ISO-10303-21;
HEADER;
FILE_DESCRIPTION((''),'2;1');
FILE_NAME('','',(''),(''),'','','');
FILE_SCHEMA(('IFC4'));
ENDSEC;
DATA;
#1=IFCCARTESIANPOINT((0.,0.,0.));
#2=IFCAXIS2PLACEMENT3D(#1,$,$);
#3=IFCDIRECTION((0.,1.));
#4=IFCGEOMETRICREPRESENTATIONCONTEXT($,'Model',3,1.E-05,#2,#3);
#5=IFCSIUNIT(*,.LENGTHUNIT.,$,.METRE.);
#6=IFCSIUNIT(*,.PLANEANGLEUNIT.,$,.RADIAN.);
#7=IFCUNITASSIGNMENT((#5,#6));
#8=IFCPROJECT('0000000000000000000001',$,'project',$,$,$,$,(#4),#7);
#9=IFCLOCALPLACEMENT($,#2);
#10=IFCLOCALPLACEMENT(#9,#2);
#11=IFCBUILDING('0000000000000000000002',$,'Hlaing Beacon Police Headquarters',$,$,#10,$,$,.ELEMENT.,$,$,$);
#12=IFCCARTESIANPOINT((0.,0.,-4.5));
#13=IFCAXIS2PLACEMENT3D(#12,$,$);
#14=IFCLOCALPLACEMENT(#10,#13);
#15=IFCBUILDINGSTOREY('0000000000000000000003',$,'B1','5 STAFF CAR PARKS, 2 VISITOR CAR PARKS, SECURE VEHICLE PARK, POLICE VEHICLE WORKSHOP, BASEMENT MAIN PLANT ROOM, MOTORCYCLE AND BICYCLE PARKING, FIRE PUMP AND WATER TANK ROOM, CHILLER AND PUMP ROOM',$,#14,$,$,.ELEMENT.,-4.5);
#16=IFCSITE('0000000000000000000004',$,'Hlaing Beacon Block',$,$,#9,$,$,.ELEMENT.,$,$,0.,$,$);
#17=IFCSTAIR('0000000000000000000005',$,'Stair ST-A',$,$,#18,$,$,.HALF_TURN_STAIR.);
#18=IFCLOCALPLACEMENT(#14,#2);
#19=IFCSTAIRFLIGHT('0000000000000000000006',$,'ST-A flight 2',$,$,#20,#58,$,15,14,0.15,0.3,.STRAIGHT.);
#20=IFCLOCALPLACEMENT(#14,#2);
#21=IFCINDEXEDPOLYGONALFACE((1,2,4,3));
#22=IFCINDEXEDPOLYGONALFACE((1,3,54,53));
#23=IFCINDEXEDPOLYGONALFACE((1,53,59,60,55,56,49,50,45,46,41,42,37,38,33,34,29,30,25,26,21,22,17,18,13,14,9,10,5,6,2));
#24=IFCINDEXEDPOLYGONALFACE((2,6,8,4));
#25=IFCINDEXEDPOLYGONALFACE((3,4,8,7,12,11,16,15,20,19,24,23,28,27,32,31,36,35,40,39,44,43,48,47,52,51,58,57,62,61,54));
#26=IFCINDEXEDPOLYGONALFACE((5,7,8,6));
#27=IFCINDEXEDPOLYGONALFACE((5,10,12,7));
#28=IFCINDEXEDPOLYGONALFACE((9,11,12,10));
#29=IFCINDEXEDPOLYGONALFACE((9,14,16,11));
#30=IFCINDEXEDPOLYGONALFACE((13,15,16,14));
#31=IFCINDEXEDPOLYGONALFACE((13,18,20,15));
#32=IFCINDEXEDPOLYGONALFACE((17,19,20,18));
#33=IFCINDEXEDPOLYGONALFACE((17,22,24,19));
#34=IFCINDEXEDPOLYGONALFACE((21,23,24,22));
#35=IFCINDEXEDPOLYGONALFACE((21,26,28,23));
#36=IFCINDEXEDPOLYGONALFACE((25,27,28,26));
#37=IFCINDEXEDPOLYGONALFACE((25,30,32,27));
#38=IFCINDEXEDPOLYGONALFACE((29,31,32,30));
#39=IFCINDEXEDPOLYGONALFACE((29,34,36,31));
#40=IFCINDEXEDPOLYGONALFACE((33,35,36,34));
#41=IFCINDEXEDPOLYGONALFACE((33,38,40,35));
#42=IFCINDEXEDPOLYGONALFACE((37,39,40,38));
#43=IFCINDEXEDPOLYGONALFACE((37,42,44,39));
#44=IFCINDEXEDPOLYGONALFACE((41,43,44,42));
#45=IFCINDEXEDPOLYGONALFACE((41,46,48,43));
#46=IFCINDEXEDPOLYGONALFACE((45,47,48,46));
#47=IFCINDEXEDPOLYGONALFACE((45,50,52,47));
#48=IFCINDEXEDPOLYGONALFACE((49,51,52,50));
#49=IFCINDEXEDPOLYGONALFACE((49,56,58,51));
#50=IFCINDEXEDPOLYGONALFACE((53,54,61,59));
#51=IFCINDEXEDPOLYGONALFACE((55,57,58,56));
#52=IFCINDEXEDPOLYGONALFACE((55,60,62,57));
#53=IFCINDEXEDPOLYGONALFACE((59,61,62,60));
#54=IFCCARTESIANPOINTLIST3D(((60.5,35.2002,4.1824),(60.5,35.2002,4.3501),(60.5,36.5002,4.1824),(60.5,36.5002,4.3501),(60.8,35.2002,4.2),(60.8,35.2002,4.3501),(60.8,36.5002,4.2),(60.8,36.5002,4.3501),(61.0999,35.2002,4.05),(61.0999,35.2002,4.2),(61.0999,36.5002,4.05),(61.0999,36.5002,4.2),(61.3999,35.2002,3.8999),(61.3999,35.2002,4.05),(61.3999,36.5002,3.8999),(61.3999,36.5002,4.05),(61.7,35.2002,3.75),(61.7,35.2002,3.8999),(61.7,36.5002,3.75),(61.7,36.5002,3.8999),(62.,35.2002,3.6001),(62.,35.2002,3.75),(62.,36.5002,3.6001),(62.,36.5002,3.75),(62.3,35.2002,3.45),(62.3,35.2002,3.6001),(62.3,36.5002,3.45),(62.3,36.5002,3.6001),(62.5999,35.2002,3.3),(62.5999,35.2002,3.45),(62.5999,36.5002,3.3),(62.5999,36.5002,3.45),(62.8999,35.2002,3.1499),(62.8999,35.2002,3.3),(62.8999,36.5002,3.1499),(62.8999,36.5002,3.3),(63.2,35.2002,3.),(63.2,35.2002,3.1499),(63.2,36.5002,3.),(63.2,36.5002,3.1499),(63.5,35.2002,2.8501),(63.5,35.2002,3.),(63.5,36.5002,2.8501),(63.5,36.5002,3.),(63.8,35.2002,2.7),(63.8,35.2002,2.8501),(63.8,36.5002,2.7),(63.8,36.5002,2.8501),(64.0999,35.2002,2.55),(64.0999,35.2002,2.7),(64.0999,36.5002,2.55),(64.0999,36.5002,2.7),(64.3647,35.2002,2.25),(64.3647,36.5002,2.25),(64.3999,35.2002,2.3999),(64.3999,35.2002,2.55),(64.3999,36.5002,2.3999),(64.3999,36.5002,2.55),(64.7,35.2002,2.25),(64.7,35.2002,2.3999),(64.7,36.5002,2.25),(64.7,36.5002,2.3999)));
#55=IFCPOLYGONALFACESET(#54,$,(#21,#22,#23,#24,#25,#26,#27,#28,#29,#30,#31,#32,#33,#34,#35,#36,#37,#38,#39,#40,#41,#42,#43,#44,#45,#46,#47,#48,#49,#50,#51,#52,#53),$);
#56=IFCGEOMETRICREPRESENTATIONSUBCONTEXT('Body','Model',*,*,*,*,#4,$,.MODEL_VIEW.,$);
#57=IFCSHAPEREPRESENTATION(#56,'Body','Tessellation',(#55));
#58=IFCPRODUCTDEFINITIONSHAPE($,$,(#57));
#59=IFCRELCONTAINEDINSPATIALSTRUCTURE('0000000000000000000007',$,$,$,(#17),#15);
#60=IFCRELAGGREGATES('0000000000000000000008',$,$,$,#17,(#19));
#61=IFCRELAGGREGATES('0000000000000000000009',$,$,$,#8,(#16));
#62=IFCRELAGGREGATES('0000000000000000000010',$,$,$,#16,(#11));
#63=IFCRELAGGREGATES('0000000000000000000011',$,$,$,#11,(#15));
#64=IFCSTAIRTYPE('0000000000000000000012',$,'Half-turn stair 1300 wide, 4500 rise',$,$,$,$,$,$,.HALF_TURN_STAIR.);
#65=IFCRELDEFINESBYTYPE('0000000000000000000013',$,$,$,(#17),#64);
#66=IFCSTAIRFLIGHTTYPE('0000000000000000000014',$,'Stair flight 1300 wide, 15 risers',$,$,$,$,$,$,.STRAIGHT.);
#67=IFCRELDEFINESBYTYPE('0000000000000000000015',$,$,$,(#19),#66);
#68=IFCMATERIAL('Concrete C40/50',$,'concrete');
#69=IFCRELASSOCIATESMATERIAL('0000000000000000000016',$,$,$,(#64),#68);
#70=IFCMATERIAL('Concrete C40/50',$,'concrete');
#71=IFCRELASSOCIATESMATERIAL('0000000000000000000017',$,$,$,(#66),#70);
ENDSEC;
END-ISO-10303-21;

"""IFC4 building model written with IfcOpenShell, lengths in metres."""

from ifc_helpers import new_model, si_unit, direction, frame, origin, place, context, subcontext, project, spatial, polyline, outline, extrude, material, type_object, element, aggregate, save


model = new_model("IFC4")

# Units and contexts
model_context = context("Model", 3, precision=1e-05, world=origin(), true_north=direction((0.0, 1.0)))
body_context = subcontext(model_context, "Body", "Model", "MODEL_VIEW")
ifc_project = project(units=[si_unit("LENGTHUNIT", "METRE"), si_unit("PLANEANGLEUNIT", "RADIAN")], contexts=[model_context])

# Site, building, storey
site_placement = place(None, origin())
site = spatial("IfcSite", under=ifc_project, at=site_placement, Name="Hlaing Beacon Block", CompositionType="ELEMENT", RefElevation=0.0)
building_placement = place(site_placement, origin())
building = spatial("IfcBuilding", under=site, at=building_placement, Name="Hlaing Beacon Police Headquarters", CompositionType="ELEMENT")
storey_placement = place(building_placement, frame((0.0, 0.0, -4.5)))
storey = spatial("IfcBuildingStorey", under=building, at=storey_placement, Name="B1", Description="5 STAFF CAR PARKS, 2 VISITOR CAR PARKS, SECURE VEHICLE PARK, POLICE VEHICLE WORKSHOP, BASEMENT MAIN PLANT ROOM, MOTORCYCLE AND BICYCLE PARKING, FIRE PUMP AND WATER TANK ROOM, CHILLER AND PUMP ROOM", CompositionType="ELEMENT", Elevation=-4.5)

# Stair, stair flight
ifc_material_1 = material(Name="Concrete C40/50", Category="concrete")
stair_type = type_object("IfcStairType", Name="Half-turn stair 1300 wide, 4500 rise", PredefinedType="HALF_TURN_STAIR", material=ifc_material_1)
stair_placement = place(storey_placement, origin())
stair = element("IfcStair", 1, at=stair_placement, inside=storey, type_object=stair_type, Name="Stair ST-A", PredefinedType="HALF_TURN_STAIR")
ifc_material_2 = material(Name="Concrete C40/50", Category="concrete")
stair_flight_type = type_object("IfcStairFlightType", Name="Stair flight 1300 wide, 15 risers", PredefinedType="STRAIGHT", material=ifc_material_2)
stair_flight_1_placement = place(storey_placement, frame((64.7, 35.8501, 2.25), z_axis=(0.0, 0.0, 1.0), x_axis=(-1.0, 0.0, 0.0)))
stair_flight_1 = element("IfcStairFlight", 2, at=stair_flight_1_placement, type_object=stair_flight_type, Name="ST-A flight 2", NumberOfRisers=15, NumberOfTreads=14, PredefinedType="STRAIGHT", RiserHeight=0.15, TreadLength=0.3, context=body_context, shape_type="SweptSolid", body=[
    extrude(outline(polyline([(0.0, 0.0), (0.0, 0.1499), (0.3, 0.1499), (0.3, 0.3), (0.6001, 0.3), (0.6001, 0.45), (0.8999, 0.45), (0.8999, 0.6001), (1.2, 0.6001), (1.2, 0.75), (1.5, 0.75), (1.5, 0.8999), (1.8, 0.8999), (1.8, 1.05), (2.1001, 1.05), (2.1001, 1.2), (2.3999, 1.2), (2.3999, 1.3501), (2.7, 1.3501), (2.7, 1.5), (3.0, 1.5), (3.0, 1.6499), (3.3, 1.6499), (3.3, 1.8), (3.6001, 1.8), (3.6001, 1.95), (3.8999, 1.95), (3.8999, 2.1001), (4.2, 2.1001), (4.2, 2.25), (4.2, 1.9324), (0.3352, 0.0), (0.0, 0.0)])), frame((0.0, 0.6499, 0.0), z_axis=(0.0, -1.0, 0.0), x_axis=(1.0, 0.0, 0.0)), (0.0, 0.0, 1.0), 1.3),
])
aggregate(stair, [stair_flight_1])

save(model, "model.ifc")
